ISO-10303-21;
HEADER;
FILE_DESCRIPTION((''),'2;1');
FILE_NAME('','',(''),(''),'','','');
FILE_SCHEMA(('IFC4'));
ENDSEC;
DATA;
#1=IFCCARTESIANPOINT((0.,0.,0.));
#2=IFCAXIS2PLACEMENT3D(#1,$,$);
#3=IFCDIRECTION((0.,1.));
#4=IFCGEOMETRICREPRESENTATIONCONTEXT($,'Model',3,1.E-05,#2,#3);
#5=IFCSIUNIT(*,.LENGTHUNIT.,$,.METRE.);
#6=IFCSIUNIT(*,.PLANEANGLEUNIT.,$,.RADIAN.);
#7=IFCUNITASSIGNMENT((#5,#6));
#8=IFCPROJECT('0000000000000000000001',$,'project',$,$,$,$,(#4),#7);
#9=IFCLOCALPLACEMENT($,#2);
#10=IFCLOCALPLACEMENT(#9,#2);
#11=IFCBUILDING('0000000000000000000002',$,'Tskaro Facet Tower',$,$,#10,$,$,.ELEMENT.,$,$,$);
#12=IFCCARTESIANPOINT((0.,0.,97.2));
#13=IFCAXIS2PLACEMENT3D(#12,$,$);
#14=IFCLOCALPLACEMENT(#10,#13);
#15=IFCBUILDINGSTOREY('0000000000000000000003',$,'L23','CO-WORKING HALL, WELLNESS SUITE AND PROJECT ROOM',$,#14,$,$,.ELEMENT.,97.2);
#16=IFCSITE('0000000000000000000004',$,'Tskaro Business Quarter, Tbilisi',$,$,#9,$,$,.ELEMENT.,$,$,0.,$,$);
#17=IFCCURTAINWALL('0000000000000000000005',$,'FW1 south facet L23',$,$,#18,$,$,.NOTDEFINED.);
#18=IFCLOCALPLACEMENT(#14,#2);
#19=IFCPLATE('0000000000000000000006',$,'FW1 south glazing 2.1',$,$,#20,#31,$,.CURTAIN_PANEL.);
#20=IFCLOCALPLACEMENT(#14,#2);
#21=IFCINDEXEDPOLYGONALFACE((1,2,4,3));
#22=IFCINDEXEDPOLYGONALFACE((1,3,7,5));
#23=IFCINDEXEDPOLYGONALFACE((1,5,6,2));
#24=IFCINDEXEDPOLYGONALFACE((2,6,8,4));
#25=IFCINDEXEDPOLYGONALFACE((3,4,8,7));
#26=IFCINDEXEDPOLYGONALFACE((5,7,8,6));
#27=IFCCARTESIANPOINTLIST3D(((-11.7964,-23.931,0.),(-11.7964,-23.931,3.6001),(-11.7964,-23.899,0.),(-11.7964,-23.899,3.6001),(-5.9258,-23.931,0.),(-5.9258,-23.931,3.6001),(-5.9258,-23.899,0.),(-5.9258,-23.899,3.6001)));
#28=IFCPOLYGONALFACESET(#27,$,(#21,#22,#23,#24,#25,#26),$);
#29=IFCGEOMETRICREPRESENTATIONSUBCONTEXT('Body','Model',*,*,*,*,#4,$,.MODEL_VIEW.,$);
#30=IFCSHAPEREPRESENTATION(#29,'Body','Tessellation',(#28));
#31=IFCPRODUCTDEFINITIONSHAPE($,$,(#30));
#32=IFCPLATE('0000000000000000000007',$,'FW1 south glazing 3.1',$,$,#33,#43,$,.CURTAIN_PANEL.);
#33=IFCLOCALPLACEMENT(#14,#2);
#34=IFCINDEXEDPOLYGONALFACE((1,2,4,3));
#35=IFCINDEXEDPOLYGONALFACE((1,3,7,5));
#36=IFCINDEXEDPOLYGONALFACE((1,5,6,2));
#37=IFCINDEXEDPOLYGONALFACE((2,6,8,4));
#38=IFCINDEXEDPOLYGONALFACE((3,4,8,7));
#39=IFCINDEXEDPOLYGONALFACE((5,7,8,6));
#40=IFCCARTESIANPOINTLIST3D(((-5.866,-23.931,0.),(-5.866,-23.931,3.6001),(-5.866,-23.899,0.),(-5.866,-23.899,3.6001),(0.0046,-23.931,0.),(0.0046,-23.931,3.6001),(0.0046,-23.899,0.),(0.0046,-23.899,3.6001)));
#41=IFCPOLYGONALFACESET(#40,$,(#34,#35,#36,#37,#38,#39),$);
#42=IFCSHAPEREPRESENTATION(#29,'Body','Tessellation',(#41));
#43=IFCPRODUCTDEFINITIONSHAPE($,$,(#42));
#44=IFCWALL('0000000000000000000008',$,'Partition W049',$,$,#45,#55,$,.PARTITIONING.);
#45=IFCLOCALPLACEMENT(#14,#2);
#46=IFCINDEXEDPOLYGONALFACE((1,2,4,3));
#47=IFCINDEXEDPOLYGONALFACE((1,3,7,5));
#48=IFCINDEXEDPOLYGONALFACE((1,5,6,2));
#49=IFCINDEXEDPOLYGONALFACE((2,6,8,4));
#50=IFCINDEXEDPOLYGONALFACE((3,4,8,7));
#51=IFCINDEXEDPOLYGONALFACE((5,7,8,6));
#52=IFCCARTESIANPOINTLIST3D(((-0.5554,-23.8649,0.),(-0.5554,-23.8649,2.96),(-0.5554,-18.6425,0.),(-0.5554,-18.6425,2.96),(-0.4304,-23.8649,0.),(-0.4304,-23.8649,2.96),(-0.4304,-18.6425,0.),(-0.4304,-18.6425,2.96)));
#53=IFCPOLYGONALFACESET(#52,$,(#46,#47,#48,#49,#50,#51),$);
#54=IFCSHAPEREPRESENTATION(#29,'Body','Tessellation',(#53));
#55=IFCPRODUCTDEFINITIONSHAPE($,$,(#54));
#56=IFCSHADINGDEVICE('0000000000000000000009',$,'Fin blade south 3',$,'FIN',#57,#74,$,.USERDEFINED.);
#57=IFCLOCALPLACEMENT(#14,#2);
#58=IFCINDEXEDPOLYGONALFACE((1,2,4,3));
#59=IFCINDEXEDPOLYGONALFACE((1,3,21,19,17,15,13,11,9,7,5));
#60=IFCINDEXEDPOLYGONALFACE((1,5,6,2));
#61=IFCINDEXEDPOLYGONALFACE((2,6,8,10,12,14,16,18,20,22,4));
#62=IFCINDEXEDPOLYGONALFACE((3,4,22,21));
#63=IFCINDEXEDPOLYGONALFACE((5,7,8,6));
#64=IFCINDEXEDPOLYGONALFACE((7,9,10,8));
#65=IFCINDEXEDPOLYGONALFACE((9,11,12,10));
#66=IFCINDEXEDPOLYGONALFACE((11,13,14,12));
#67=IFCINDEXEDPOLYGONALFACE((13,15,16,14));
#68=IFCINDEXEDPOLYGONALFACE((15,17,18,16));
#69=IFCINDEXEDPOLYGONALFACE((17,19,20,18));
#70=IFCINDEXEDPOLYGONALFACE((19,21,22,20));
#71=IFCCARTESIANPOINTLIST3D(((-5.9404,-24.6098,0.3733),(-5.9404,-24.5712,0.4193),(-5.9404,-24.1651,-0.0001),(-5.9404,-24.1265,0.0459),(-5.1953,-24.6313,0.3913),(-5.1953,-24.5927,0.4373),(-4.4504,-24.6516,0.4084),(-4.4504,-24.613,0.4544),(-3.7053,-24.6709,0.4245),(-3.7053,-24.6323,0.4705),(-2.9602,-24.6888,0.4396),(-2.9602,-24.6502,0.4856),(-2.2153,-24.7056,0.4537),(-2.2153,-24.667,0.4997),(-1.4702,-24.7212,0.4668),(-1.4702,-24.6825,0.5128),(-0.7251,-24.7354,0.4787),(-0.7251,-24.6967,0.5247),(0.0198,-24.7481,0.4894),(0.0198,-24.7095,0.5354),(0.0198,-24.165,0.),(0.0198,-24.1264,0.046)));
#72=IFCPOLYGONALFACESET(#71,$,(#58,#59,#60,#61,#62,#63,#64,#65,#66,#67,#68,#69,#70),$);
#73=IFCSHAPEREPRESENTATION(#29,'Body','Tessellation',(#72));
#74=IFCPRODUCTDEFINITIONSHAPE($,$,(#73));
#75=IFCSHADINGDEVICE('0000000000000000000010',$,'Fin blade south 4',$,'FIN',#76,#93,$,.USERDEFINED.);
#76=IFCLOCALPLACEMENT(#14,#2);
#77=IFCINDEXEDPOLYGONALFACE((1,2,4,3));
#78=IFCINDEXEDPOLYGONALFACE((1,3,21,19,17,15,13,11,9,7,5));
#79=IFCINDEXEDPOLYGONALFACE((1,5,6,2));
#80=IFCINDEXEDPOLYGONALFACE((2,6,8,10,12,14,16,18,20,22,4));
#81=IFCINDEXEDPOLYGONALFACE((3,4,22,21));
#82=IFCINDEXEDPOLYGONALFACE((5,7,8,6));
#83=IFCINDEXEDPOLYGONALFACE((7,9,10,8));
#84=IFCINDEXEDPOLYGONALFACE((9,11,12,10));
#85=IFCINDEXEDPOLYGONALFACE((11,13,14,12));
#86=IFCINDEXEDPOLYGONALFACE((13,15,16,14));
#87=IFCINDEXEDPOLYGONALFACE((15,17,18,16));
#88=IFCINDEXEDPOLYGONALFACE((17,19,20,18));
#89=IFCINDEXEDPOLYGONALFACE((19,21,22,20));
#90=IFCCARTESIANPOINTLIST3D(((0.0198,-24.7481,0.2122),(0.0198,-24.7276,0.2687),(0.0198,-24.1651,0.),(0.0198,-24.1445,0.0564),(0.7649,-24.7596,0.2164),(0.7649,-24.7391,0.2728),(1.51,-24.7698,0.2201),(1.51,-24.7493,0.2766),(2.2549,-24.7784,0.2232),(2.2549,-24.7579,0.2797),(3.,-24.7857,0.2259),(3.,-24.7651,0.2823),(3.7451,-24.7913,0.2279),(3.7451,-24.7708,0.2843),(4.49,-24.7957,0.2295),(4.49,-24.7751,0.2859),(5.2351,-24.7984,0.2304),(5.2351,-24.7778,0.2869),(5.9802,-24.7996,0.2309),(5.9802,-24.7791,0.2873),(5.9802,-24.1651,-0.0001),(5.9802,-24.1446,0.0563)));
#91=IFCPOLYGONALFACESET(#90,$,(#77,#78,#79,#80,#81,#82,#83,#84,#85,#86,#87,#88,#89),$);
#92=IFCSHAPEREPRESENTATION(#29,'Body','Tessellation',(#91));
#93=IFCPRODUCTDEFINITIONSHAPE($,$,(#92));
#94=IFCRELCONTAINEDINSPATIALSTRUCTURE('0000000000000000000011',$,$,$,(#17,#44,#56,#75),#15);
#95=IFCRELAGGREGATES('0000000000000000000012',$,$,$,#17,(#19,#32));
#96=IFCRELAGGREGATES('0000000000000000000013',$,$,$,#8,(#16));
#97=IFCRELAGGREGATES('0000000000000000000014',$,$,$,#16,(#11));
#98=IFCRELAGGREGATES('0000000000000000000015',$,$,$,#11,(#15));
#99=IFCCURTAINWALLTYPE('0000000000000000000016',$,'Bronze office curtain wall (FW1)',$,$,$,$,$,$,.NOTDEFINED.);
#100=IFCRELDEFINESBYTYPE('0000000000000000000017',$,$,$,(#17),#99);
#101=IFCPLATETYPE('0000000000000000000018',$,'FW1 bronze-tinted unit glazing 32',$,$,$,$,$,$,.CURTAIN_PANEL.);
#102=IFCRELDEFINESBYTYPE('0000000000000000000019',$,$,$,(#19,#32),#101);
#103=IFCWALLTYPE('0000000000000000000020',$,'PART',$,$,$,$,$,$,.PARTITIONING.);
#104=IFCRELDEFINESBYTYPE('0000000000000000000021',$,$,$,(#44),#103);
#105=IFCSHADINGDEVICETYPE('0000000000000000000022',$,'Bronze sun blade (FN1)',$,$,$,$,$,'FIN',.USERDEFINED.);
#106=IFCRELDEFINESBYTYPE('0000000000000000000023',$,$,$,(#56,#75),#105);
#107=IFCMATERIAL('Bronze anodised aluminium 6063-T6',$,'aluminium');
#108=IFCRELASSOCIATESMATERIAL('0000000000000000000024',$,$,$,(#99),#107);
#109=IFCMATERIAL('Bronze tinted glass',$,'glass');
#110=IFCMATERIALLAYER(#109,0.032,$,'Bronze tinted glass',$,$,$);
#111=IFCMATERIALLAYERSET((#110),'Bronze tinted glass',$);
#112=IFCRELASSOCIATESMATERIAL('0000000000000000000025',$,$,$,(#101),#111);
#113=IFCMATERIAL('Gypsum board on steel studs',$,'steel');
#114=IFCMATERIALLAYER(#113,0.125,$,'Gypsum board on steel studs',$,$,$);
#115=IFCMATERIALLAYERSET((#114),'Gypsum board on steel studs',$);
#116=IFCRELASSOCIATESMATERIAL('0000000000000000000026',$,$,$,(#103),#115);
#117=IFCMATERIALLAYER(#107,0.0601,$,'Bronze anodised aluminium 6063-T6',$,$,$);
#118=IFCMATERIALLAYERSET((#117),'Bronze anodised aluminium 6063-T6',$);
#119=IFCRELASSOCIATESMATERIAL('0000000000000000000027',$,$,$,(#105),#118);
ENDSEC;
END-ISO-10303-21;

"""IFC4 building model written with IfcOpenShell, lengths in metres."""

from ifc_helpers import new_model, si_unit, direction, frame, frame_2d, origin, origin_2d, place, context, subcontext, project, spatial, polyline, rectangle, outline, extrude, material, layer, layer_set, type_object, element, aggregate, save


model = new_model("IFC4")

# Units and contexts
model_context = context("Model", 3, precision=1e-05, world=origin(), true_north=direction((0.0, 1.0)))
body_context = subcontext(model_context, "Body", "Model", "MODEL_VIEW")
ifc_project = project(units=[si_unit("LENGTHUNIT", "METRE"), si_unit("PLANEANGLEUNIT", "RADIAN")], contexts=[model_context])

# Site, building, storey
site_placement = place(None, origin())
site = spatial("IfcSite", under=ifc_project, at=site_placement, Name="Tskaro Business Quarter, Tbilisi", CompositionType="ELEMENT", RefElevation=0.0)
building_placement = place(site_placement, origin())
building = spatial("IfcBuilding", under=site, at=building_placement, Name="Tskaro Facet Tower", CompositionType="ELEMENT")
storey_placement = place(building_placement, frame((0.0, 0.0, 97.2)))
storey = spatial("IfcBuildingStorey", under=building, at=storey_placement, Name="L23", Description="CO-WORKING HALL, WELLNESS SUITE AND PROJECT ROOM", CompositionType="ELEMENT", Elevation=97.2)

# Curtain wall
ifc_material_1 = material(Name="Bronze anodised aluminium 6063-T6", Category="aluminium")
curtain_wall_type = type_object("IfcCurtainWallType", Name="Bronze office curtain wall (FW1)", PredefinedType="NOTDEFINED", material=ifc_material_1)
curtain_wall_placement = place(storey_placement, origin())
curtain_wall = element("IfcCurtainWall", 1, at=curtain_wall_placement, inside=storey, type_object=curtain_wall_type, Name="FW1 south facet L23", PredefinedType="NOTDEFINED")

# Plates
ifc_material_2 = material(Name="Bronze tinted glass", Category="glass")
ifc_layer_1 = layer(ifc_material_2, 0.032, Name="Bronze tinted glass")
ifc_layer_set_1 = layer_set([ifc_layer_1], Name="Bronze tinted glass")
plate_type = type_object("IfcPlateType", Name="FW1 bronze-tinted unit glazing 32", PredefinedType="CURTAIN_PANEL", material=ifc_layer_set_1)
plate_1_placement = place(storey_placement, frame((-8.8611, -23.915, 0.0), z_axis=(0.0, 0.0, 1.0), x_axis=(1.0, 0.0, 0.0)))
plate_1 = element("IfcPlate", 2, at=plate_1_placement, type_object=plate_type, Name="FW1 south glazing 2.1", PredefinedType="CURTAIN_PANEL", context=body_context, shape_type="SweptSolid", body=[
    extrude(rectangle(XDim=5.8706, YDim=0.032, at=origin_2d()), origin(), (0.0, 0.0, 1.0), 3.6001),
])
plate_2_placement = place(storey_placement, frame((-2.9307, -23.915, 0.0), z_axis=(0.0, 0.0, 1.0), x_axis=(1.0, 0.0, 0.0)))
plate_2 = element("IfcPlate", 3, at=plate_2_placement, type_object=plate_type, Name="FW1 south glazing 3.1", PredefinedType="CURTAIN_PANEL", context=body_context, shape_type="SweptSolid", body=[
    extrude(rectangle(XDim=5.8706, YDim=0.032, at=origin_2d()), origin(), (0.0, 0.0, 1.0), 3.6001),
])
aggregate(curtain_wall, [plate_1, plate_2])

# Wall
ifc_material_3 = material(Name="Gypsum board on steel studs", Category="steel")
ifc_layer_2 = layer(ifc_material_3, 0.125, Name="Gypsum board on steel studs")
ifc_layer_set_2 = layer_set([ifc_layer_2], Name="Gypsum board on steel studs")
wall_type = type_object("IfcWallType", Name="PART", PredefinedType="PARTITIONING", material=ifc_layer_set_2)
wall_placement = place(storey_placement, frame((-0.4929, -23.865, 0.0), z_axis=(0.0, 0.0, 1.0), x_axis=(0.0, 1.0, 0.0)))
element("IfcWall", 4, at=wall_placement, inside=storey, type_object=wall_type, Name="Partition W049", PredefinedType="PARTITIONING", context=body_context, shape_type="SweptSolid", body=[
    extrude(rectangle(XDim=5.2224, YDim=0.125, at=frame_2d((2.6113, 0.0))), origin(), (0.0, 0.0, 1.0), 2.96),
])

# Shading devices
ifc_layer_3 = layer(ifc_material_1, 0.0601, Name="Bronze anodised aluminium 6063-T6")
ifc_layer_set_3 = layer_set([ifc_layer_3], Name="Bronze anodised aluminium 6063-T6")
shading_device_type = type_object("IfcShadingDeviceType", Name="Bronze sun blade (FN1)", ElementType="FIN", PredefinedType="USERDEFINED", material=ifc_layer_set_3)
shading_device_1_placement = place(storey_placement, frame((-5.9404, -24.1265, 0.0459), z_axis=(-0.000014, 0.642941, 0.765915), x_axis=(1.0, 0.000009, 0.00001)))
element("IfcShadingDevice", 5, at=shading_device_1_placement, inside=storey, type_object=shading_device_type, Name="Fin blade south 3", ObjectType="FIN", PredefinedType="USERDEFINED", context=body_context, shape_type="SweptSolid", body=[
    extrude(outline(polyline([(0.0, 0.0), (5.9602, 0.0), (5.9602, -0.7613), (5.2153, -0.7446), (4.4702, -0.7261), (3.7251, -0.7058), (2.9802, -0.6838), (2.2351, -0.6604), (1.49, -0.6353), (0.7451, -0.6088), (0.0, -0.5807), (0.0, 0.0)])), origin(), (0.0, 0.0, -1.0), 0.0601),
])
shading_device_2_placement = place(storey_placement, frame((0.0198, -24.1445, 0.0564), z_axis=(0.000016, 0.342113, 0.939659), x_axis=(1.0, -0.000005, -0.000015)))
element("IfcShadingDevice", 6, at=shading_device_2_placement, inside=storey, type_object=shading_device_type, Name="Fin blade south 4", ObjectType="FIN", PredefinedType="USERDEFINED", context=body_context, shape_type="SweptSolid", body=[
    extrude(outline(polyline([(0.0, 0.0), (5.9604, 0.0), (5.9604, -0.6752), (5.2153, -0.6739), (4.4702, -0.6711), (3.7253, -0.6664), (2.9802, -0.6604), (2.2351, -0.6527), (1.4902, -0.6436), (0.7451, -0.6327), (0.0, -0.6205), (0.0, 0.0)])), origin(), (0.0, 0.0, -1.0), 0.0601),
])

save(model, "model.ifc")
